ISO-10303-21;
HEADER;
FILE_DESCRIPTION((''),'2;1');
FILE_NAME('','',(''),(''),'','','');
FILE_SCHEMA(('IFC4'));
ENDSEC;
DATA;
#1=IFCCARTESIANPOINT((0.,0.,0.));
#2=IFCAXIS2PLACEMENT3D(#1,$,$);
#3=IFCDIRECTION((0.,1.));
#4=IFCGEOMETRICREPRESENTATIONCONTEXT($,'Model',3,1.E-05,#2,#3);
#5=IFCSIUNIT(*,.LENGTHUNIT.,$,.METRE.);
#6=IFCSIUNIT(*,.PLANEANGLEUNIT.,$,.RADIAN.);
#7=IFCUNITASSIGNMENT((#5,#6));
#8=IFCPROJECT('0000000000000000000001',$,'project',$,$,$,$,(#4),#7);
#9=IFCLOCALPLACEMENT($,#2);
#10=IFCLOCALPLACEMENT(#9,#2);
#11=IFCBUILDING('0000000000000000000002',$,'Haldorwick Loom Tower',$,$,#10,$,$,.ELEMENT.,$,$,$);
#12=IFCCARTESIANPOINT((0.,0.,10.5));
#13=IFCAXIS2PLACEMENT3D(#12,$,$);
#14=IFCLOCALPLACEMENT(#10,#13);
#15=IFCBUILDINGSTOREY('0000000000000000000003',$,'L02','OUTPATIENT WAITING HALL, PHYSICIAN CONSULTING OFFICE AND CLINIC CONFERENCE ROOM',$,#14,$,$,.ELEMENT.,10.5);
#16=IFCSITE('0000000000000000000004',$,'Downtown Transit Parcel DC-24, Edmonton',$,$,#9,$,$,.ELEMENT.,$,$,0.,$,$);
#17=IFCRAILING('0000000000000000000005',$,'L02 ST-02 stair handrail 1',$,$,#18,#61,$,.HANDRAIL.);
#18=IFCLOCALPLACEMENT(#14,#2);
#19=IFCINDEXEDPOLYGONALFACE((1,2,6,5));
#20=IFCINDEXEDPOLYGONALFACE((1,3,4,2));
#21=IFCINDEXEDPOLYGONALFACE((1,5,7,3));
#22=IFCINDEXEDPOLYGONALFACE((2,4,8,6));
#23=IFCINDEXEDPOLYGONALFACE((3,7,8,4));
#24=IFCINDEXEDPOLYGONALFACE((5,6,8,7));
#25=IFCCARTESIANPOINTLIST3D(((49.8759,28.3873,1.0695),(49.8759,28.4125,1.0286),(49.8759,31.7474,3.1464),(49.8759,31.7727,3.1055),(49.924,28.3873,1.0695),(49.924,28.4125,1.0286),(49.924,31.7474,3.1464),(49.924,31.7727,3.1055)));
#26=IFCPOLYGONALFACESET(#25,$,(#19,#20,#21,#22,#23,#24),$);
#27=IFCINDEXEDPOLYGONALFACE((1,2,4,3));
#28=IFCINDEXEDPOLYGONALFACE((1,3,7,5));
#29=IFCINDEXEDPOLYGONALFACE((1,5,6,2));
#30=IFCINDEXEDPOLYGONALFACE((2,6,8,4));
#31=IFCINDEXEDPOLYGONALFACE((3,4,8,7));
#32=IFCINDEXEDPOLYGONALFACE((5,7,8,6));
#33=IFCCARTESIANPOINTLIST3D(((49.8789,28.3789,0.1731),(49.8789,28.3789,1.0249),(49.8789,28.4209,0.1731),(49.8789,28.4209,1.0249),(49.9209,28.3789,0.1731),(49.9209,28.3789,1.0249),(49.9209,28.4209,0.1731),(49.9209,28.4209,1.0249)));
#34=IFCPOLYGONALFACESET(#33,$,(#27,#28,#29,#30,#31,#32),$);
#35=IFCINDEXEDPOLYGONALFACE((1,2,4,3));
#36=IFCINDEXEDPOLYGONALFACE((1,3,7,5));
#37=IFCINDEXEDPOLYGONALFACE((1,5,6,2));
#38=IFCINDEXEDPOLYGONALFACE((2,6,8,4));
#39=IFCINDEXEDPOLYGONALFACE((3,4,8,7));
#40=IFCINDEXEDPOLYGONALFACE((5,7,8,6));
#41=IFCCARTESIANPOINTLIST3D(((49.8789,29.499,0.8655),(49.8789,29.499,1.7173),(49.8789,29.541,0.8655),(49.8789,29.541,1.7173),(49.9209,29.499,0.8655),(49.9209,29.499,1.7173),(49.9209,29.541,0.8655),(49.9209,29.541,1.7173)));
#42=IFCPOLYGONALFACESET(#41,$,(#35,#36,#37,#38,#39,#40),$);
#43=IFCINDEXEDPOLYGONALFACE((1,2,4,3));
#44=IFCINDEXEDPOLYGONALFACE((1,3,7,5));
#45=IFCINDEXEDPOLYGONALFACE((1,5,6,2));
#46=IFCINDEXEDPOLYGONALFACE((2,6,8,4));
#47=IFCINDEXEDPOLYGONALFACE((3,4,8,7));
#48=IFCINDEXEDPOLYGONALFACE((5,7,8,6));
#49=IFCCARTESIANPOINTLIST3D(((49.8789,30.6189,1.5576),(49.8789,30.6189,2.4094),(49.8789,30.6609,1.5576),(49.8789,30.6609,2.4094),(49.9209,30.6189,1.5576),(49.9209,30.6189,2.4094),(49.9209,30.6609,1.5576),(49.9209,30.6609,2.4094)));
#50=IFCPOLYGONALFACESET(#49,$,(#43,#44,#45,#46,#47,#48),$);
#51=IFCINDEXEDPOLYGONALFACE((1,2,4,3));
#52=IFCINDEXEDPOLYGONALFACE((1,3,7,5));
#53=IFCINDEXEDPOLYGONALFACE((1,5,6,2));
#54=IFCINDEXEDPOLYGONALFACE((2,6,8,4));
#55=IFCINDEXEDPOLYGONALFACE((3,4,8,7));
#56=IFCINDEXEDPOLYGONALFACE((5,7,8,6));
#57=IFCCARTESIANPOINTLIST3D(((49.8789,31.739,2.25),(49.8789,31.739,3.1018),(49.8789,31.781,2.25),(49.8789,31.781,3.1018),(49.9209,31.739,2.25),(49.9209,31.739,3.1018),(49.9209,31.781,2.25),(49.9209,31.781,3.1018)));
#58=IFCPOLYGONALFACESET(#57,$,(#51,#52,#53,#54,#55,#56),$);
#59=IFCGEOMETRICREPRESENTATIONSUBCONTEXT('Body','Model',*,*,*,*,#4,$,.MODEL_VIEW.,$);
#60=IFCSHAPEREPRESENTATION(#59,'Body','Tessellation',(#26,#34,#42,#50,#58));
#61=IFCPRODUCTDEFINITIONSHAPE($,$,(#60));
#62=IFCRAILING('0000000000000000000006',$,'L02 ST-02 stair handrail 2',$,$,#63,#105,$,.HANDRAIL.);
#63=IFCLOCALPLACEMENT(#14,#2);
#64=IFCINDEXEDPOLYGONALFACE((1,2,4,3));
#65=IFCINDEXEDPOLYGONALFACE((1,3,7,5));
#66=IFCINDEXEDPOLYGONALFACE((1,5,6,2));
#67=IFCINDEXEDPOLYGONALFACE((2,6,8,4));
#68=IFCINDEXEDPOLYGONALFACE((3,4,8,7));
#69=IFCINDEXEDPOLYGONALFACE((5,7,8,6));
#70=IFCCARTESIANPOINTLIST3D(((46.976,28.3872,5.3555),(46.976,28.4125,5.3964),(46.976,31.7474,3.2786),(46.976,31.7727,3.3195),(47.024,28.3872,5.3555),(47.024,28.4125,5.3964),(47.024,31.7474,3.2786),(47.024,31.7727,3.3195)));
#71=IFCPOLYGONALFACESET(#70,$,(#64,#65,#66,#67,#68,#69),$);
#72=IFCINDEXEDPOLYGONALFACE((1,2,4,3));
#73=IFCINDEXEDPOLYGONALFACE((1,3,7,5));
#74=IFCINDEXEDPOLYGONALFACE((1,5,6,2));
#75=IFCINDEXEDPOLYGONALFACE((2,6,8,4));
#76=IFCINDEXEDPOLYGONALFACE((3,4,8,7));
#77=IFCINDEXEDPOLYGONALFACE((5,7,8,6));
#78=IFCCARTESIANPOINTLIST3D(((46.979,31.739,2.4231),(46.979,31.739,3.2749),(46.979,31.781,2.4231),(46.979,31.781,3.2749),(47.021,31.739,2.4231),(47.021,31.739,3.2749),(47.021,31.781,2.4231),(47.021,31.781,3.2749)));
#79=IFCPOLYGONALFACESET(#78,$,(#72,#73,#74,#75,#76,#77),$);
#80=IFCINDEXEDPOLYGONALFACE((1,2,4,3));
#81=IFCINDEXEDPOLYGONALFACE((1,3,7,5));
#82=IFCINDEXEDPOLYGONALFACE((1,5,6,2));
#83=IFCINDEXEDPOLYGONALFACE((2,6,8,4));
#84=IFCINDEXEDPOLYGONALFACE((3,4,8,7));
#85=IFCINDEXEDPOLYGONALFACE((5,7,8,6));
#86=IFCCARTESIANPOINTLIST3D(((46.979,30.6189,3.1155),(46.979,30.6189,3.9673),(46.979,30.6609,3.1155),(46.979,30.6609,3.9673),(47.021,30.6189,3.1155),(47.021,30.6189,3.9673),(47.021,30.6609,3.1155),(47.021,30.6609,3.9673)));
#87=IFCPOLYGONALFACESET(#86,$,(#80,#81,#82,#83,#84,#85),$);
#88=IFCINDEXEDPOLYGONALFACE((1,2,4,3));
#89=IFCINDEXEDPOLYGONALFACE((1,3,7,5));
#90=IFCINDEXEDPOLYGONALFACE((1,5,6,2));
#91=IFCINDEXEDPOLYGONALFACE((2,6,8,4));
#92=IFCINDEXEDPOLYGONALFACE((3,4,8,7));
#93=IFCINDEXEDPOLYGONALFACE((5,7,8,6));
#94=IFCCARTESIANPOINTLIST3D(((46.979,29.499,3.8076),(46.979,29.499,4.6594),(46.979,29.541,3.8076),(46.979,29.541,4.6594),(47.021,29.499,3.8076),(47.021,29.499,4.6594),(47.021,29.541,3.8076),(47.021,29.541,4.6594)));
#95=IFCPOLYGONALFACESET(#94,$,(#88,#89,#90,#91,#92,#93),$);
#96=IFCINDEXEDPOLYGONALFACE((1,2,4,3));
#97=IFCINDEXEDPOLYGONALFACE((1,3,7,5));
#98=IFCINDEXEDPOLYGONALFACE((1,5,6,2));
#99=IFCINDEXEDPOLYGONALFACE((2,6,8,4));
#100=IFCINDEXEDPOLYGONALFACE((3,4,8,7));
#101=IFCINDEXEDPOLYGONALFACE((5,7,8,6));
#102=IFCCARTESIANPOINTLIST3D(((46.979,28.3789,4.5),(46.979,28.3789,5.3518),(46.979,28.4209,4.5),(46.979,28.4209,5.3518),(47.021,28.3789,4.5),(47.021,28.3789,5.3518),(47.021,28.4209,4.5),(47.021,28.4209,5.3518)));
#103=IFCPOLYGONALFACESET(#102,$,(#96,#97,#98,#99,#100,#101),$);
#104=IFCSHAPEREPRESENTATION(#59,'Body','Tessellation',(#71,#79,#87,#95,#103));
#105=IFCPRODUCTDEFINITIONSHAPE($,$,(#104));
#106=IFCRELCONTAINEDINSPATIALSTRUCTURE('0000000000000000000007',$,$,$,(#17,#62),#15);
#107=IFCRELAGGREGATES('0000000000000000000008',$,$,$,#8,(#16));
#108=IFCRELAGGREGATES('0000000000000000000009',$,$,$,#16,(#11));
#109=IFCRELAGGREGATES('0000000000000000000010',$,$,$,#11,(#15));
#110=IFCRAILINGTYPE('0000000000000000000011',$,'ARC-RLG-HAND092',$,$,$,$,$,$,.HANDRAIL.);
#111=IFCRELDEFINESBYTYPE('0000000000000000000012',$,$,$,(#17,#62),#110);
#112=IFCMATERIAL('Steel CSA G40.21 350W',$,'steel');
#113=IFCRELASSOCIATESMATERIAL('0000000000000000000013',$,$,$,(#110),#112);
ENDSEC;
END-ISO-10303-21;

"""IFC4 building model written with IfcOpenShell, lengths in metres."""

from ifc_helpers import new_model, si_unit, direction, frame, origin, origin_2d, place, context, subcontext, project, spatial, rectangle, extrude, material, type_object, element, save


model = new_model("IFC4")

# Units and contexts
model_context = context("Model", 3, precision=1e-05, world=origin(), true_north=direction((0.0, 1.0)))
body_context = subcontext(model_context, "Body", "Model", "MODEL_VIEW")
ifc_project = project(units=[si_unit("LENGTHUNIT", "METRE"), si_unit("PLANEANGLEUNIT", "RADIAN")], contexts=[model_context])

# Site, building, storey
site_placement = place(None, origin())
site = spatial("IfcSite", under=ifc_project, at=site_placement, Name="Downtown Transit Parcel DC-24, Edmonton", CompositionType="ELEMENT", RefElevation=0.0)
building_placement = place(site_placement, origin())
building = spatial("IfcBuilding", under=site, at=building_placement, Name="Haldorwick Loom Tower", CompositionType="ELEMENT")
storey_placement = place(building_placement, frame((0.0, 0.0, 10.5)))
storey = spatial("IfcBuildingStorey", under=building, at=storey_placement, Name="L02", Description="OUTPATIENT WAITING HALL, PHYSICIAN CONSULTING OFFICE AND CLINIC CONFERENCE ROOM", CompositionType="ELEMENT", Elevation=10.5)

# Shared definitions
ifc_material_1 = material(Name="Steel CSA G40.21 350W", Category="steel")

# Railings
railing_type_1 = type_object("IfcRailingType", Name="ARC-RLG-HAND092", PredefinedType="HANDRAIL", material=ifc_material_1)
railing_1_placement = place(storey_placement, frame((49.8999, 28.3999, 0.1731)))
element("IfcRailing", 1, at=railing_1_placement, inside=storey, type_object=railing_type_1, Name="L02 ST-02 stair handrail 1", PredefinedType="HANDRAIL", context=body_context, shape_type="SweptSolid", body=[
    extrude(rectangle(XDim=0.0481, YDim=0.0481, at=origin_2d()), frame((0.0, 0.0, 0.876), z_axis=(0.0, 0.850623, 0.525776), x_axis=(-1.0, 0.0, 0.0)), (0.0, 0.0, 1.0), 3.9502),
    extrude(rectangle(XDim=0.042, YDim=0.042, at=origin_2d()), origin(), (0.0, 0.0, 1.0), 0.8518),
    extrude(rectangle(XDim=0.042, YDim=0.042, at=origin_2d()), frame((0.0, 1.1201, 0.6924)), (0.0, 0.0, 1.0), 0.8518),
    extrude(rectangle(XDim=0.042, YDim=0.042, at=origin_2d()), frame((0.0, 2.24, 1.3845)), (0.0, 0.0, 1.0), 0.8518),
    extrude(rectangle(XDim=0.042, YDim=0.042, at=origin_2d()), frame((0.0, 3.3601, 2.0769)), (0.0, 0.0, 1.0), 0.8518),
])
railing_2_placement = place(storey_placement, frame((47.0, 31.76, 2.4231)))
element("IfcRailing", 2, at=railing_2_placement, inside=storey, type_object=railing_type_1, Name="L02 ST-02 stair handrail 2", PredefinedType="HANDRAIL", context=body_context, shape_type="SweptSolid", body=[
    extrude(rectangle(XDim=0.0481, YDim=0.0481, at=origin_2d()), frame((0.0, 0.0, 0.876), z_axis=(0.0, -0.850623, 0.525776), x_axis=(1.0, 0.0, 0.0)), (0.0, 0.0, 1.0), 3.9502),
    extrude(rectangle(XDim=0.042, YDim=0.042, at=origin_2d()), origin(), (0.0, 0.0, 1.0), 0.8518),
    extrude(rectangle(XDim=0.042, YDim=0.042, at=origin_2d()), frame((0.0, -1.1201, 0.6924)), (0.0, 0.0, 1.0), 0.8518),
    extrude(rectangle(XDim=0.042, YDim=0.042, at=origin_2d()), frame((0.0, -2.24, 1.3845)), (0.0, 0.0, 1.0), 0.8518),
    extrude(rectangle(XDim=0.042, YDim=0.042, at=origin_2d()), frame((0.0, -3.3601, 2.0769)), (0.0, 0.0, 1.0), 0.8518),
])

save(model, "model.ifc")
